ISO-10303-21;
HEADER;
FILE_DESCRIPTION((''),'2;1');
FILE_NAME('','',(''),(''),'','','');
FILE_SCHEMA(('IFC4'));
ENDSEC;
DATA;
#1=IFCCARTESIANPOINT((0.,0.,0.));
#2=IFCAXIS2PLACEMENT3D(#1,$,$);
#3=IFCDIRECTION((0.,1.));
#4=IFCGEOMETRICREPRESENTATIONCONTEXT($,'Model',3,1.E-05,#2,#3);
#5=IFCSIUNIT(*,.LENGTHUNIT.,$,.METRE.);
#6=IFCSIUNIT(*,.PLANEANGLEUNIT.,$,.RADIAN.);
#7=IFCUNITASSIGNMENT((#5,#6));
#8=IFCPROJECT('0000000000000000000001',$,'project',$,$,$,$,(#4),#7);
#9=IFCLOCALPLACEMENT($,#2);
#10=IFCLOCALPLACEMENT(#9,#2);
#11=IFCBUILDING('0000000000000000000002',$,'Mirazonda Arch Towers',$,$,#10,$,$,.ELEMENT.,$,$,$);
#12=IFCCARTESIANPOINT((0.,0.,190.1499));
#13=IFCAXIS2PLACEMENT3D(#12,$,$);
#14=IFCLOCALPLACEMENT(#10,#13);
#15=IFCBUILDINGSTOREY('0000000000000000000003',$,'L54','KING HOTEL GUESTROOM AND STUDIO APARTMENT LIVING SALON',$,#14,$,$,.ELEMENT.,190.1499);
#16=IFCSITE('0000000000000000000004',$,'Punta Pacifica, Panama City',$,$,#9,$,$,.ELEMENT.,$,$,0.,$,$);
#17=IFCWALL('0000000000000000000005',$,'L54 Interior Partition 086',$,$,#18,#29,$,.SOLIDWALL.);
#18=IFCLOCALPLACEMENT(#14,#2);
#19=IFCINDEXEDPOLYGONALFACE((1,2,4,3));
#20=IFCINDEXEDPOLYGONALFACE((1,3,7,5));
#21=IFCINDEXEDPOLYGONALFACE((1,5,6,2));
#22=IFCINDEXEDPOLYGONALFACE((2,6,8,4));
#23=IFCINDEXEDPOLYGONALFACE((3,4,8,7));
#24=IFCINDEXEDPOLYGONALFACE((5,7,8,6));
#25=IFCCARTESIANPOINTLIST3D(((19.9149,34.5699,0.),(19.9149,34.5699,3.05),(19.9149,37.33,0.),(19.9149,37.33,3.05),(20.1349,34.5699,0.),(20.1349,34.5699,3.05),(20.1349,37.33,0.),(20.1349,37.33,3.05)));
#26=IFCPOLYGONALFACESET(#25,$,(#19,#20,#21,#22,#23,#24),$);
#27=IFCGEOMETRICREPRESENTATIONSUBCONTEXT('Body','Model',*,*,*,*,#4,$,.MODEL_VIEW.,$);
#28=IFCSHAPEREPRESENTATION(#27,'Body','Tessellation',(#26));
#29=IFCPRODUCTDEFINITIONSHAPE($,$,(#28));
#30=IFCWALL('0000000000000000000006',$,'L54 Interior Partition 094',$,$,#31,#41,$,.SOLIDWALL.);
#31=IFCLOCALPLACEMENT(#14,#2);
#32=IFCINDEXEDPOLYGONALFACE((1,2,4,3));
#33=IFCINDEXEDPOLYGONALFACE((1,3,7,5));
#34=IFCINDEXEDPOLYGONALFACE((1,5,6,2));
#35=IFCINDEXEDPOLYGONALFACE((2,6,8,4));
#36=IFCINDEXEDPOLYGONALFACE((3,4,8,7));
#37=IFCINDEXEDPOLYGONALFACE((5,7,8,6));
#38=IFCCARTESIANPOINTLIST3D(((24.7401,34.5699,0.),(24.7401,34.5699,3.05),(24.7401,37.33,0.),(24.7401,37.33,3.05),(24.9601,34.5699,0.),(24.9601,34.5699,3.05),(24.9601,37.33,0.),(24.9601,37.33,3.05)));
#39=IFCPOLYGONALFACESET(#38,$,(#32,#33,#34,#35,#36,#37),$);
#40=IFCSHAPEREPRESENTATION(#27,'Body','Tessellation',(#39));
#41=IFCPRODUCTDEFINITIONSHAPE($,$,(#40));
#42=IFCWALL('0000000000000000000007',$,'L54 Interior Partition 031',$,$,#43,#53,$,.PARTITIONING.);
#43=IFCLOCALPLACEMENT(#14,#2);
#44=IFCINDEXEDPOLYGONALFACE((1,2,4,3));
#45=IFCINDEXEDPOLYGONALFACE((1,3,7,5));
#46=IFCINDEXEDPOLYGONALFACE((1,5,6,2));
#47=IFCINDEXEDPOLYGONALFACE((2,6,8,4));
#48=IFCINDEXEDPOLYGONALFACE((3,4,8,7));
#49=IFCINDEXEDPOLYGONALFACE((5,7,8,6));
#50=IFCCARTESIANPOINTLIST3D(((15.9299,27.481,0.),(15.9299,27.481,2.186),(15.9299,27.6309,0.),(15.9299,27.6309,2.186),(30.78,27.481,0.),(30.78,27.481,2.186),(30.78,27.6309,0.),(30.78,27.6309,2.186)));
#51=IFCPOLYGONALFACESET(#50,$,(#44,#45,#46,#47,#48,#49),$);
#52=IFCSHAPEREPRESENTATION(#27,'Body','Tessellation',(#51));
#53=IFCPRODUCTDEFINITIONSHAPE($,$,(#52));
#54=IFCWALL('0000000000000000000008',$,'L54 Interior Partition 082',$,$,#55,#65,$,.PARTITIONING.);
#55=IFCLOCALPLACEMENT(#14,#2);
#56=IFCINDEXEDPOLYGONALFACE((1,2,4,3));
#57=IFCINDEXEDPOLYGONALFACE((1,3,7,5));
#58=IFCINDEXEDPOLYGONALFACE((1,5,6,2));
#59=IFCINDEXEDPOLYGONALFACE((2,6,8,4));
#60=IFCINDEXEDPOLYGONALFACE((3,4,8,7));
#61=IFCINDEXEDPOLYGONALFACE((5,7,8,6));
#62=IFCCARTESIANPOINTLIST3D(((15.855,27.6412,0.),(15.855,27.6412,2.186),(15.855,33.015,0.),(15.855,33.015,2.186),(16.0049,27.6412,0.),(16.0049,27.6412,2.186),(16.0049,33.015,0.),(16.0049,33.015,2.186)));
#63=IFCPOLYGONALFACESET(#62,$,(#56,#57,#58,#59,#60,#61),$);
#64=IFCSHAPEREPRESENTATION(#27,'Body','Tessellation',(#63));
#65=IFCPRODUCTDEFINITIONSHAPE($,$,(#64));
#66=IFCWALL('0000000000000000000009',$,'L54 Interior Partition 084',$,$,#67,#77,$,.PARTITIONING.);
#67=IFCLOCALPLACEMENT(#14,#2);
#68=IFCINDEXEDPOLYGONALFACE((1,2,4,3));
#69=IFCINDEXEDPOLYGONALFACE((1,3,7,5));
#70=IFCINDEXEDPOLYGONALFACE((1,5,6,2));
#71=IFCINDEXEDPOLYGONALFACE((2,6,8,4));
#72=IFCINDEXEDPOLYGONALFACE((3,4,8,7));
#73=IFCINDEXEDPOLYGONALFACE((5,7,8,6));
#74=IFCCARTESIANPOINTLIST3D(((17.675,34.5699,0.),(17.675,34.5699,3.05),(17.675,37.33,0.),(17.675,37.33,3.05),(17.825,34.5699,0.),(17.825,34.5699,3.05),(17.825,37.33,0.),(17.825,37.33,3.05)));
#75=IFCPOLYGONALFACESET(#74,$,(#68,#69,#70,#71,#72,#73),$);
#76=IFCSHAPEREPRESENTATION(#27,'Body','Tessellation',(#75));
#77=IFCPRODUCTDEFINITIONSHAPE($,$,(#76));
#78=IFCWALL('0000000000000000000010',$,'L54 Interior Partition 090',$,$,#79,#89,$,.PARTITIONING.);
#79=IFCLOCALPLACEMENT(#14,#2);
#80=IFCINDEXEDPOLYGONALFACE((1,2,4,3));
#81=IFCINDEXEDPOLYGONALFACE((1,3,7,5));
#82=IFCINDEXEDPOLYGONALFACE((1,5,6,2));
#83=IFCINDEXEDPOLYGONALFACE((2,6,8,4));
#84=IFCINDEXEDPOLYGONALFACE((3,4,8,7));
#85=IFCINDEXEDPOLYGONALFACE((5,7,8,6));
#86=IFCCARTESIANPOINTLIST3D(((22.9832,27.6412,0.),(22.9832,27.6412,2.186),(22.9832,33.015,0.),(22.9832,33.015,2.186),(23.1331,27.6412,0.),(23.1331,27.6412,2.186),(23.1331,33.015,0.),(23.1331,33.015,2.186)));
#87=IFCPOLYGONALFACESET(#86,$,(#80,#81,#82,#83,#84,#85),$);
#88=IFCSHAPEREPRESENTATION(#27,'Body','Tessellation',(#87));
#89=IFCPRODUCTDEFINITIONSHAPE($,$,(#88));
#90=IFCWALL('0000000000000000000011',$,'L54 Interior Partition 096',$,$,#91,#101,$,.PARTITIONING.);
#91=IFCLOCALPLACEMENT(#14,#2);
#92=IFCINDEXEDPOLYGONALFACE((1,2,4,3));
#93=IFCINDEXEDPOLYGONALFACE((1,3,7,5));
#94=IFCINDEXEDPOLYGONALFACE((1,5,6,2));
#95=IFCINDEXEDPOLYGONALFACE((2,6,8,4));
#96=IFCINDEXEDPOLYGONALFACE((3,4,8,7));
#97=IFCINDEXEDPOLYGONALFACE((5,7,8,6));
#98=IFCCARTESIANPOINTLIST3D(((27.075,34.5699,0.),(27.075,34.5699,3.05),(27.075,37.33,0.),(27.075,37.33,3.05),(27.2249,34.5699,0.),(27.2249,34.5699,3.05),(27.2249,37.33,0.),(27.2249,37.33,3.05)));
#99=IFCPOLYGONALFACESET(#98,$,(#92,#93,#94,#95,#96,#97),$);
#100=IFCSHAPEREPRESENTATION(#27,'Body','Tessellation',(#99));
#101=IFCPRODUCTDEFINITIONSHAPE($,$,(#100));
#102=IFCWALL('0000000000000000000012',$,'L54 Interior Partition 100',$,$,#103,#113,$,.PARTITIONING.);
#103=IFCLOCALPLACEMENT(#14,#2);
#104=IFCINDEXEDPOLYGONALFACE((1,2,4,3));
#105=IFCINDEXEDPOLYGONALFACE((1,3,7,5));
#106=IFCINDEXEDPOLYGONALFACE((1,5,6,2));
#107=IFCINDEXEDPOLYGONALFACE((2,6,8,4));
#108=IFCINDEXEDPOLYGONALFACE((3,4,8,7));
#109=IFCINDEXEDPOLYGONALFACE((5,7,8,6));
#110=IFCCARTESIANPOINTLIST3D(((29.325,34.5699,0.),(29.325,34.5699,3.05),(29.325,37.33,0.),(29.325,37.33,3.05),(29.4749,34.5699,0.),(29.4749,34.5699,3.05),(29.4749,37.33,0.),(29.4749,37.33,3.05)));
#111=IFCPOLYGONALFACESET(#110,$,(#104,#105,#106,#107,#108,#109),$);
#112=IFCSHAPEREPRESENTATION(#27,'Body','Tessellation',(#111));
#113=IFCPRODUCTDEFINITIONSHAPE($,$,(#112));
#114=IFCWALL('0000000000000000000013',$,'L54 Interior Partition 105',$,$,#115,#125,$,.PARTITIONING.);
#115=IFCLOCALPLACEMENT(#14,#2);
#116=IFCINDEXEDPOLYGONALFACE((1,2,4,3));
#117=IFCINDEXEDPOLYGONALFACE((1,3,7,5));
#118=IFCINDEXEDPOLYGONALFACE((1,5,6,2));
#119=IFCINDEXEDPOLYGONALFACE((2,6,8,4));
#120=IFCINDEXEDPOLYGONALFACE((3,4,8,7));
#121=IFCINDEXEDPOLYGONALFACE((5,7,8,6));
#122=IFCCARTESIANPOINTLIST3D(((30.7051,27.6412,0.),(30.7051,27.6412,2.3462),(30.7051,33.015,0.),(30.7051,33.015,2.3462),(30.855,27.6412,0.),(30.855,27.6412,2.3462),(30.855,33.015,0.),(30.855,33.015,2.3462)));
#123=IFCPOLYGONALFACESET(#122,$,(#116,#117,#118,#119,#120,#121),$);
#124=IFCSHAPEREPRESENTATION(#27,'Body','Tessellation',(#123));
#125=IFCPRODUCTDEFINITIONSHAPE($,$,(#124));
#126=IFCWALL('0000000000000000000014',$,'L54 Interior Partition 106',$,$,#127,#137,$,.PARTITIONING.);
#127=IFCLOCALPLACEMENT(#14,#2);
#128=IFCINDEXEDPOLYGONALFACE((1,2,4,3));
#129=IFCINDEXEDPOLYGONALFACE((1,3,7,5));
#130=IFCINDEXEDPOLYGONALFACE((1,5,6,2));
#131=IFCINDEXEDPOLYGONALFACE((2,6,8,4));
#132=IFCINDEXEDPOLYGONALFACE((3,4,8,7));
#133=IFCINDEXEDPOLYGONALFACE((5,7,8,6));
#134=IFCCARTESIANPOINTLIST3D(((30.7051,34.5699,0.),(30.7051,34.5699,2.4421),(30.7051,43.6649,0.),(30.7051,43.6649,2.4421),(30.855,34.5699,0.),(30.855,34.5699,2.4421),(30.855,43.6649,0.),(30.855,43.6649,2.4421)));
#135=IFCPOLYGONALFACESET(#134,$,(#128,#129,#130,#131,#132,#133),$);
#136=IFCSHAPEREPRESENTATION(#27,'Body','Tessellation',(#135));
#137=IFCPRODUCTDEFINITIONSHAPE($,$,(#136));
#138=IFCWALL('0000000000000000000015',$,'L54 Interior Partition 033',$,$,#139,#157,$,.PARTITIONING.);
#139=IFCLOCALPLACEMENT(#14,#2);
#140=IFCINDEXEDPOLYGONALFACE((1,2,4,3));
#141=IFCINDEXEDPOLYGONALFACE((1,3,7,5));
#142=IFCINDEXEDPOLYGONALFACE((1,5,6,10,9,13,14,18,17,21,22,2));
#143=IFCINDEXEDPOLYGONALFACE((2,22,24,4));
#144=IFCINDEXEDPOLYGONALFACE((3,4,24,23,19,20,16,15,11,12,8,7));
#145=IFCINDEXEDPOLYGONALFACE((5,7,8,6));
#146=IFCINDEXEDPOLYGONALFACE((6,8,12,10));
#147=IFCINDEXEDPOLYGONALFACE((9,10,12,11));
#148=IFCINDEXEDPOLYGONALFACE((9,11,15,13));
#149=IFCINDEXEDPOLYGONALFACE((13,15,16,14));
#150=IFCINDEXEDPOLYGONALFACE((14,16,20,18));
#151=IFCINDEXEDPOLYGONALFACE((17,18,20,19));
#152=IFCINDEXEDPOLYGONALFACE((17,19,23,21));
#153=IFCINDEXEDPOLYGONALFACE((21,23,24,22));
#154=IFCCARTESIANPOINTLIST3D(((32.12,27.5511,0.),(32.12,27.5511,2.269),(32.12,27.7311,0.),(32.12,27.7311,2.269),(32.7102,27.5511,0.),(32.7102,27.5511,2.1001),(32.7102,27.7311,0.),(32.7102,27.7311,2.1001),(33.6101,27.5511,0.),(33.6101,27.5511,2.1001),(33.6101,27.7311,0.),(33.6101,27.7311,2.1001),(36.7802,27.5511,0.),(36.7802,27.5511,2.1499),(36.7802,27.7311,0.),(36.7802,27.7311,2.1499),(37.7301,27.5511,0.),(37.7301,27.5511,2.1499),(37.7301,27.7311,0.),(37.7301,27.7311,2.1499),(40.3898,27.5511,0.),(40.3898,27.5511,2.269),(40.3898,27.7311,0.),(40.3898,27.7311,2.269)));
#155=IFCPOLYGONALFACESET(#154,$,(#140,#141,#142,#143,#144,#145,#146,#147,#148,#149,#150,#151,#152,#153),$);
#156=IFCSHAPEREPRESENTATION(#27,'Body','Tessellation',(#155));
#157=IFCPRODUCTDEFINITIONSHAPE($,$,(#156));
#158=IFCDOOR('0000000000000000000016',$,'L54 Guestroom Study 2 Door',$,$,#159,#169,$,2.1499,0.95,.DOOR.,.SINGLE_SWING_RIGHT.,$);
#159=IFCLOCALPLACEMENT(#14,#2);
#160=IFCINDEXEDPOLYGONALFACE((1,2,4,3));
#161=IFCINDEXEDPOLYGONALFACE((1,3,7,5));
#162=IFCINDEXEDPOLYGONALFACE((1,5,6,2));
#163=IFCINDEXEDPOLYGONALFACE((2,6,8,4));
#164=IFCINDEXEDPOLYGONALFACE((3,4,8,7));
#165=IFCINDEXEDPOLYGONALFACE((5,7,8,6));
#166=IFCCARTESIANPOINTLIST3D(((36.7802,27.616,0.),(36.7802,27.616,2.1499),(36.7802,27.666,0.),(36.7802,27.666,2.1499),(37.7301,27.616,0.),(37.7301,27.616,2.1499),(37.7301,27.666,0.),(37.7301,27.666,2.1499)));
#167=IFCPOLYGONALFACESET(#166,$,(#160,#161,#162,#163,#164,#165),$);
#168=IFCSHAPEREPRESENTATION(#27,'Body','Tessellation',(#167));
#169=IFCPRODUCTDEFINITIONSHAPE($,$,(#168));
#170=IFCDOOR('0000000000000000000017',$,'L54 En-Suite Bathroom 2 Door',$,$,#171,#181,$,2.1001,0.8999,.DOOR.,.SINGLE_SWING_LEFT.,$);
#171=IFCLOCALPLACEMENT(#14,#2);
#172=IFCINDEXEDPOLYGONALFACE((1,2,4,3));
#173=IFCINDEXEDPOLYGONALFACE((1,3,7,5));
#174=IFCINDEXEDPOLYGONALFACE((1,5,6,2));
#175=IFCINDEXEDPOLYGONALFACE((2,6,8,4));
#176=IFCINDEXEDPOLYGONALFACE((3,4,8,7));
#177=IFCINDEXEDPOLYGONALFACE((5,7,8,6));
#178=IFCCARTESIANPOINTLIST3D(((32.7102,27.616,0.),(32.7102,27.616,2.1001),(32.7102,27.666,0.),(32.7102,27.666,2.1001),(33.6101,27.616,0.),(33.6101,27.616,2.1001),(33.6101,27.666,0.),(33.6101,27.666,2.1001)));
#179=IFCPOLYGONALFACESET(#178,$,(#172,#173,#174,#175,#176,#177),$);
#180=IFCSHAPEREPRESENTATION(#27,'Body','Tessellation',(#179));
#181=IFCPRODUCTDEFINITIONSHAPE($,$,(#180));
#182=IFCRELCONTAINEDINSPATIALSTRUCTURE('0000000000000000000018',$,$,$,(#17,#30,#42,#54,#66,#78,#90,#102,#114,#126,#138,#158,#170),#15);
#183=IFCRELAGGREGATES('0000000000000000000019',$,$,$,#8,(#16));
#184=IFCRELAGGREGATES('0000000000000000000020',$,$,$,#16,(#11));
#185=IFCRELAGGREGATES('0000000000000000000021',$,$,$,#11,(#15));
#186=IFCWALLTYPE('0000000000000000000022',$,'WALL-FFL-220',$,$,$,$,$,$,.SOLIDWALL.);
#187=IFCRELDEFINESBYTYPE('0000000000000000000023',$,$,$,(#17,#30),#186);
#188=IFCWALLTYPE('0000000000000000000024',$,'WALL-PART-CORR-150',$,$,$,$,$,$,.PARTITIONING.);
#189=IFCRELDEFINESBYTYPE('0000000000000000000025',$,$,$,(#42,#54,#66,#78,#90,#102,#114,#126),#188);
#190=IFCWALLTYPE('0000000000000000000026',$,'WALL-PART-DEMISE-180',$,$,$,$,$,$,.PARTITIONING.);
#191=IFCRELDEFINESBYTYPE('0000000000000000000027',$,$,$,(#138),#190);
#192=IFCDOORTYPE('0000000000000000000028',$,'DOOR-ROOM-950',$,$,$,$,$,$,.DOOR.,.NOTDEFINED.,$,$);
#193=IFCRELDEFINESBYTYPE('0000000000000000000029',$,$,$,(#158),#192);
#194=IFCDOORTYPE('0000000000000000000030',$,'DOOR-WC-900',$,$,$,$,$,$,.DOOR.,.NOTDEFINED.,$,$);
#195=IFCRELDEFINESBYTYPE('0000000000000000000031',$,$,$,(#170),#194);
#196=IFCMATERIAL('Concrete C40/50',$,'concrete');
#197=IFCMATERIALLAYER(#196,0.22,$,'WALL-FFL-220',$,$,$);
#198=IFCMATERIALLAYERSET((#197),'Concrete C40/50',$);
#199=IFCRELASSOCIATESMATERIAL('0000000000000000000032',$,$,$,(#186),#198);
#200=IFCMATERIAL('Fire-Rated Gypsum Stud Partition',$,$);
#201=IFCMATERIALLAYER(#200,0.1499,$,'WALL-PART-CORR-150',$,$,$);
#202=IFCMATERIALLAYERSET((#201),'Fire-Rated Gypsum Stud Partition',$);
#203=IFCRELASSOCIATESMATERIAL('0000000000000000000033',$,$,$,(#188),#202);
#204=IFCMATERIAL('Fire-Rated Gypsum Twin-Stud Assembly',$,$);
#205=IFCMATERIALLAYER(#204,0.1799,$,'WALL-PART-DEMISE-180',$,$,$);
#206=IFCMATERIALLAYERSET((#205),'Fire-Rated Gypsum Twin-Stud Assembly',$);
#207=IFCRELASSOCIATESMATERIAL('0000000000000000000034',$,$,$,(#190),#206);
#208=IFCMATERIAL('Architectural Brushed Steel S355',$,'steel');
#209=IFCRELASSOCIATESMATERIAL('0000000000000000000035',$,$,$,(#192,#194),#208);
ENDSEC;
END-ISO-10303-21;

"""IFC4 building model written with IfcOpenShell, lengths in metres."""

from ifc_helpers import new_model, si_unit, direction, frame, frame_2d, origin, place, context, subcontext, project, spatial, rectangle, extrude, material, layer, layer_set, type_object, element, fill, save


model = new_model("IFC4")

# Units and contexts
model_context = context("Model", 3, precision=1e-05, world=origin(), true_north=direction((0.0, 1.0)))
body_context = subcontext(model_context, "Body", "Model", "MODEL_VIEW")
ifc_project = project(units=[si_unit("LENGTHUNIT", "METRE"), si_unit("PLANEANGLEUNIT", "RADIAN")], contexts=[model_context])

# Site, building, storey
site_placement = place(None, origin())
site = spatial("IfcSite", under=ifc_project, at=site_placement, Name="Punta Pacifica, Panama City", CompositionType="ELEMENT", RefElevation=0.0)
building_placement = place(site_placement, origin())
building = spatial("IfcBuilding", under=site, at=building_placement, Name="Mirazonda Arch Towers", CompositionType="ELEMENT")
storey_placement = place(building_placement, frame((0.0, 0.0, 190.1499)))
storey = spatial("IfcBuildingStorey", under=building, at=storey_placement, Name="L54", Description="KING HOTEL GUESTROOM AND STUDIO APARTMENT LIVING SALON", CompositionType="ELEMENT", Elevation=190.1499)

# Walls
ifc_material_1 = material(Name="Concrete C40/50", Category="concrete")
ifc_layer_1 = layer(ifc_material_1, 0.22, Name="WALL-FFL-220")
ifc_layer_set_1 = layer_set([ifc_layer_1], Name="Concrete C40/50")
wall_type_1 = type_object("IfcWallType", Name="WALL-FFL-220", PredefinedType="SOLIDWALL", material=ifc_layer_set_1)
for number, where, z_axis, x_axis, name in (
    (1, (20.0249, 34.5701, 0.0), (0.0, 0.0, 1.0), (0.0, 1.0, 0.0), "L54 Interior Partition 086"),
    (2, (24.8501, 34.5701, 0.0), (0.0, 0.0, 1.0), (0.0, 1.0, 0.0), "L54 Interior Partition 094"),
):
    element("IfcWall", number, at=place(storey_placement, frame(where, z_axis=z_axis, x_axis=x_axis)), inside=storey, type_object=wall_type_1, Name=name, PredefinedType="SOLIDWALL", context=body_context, shape_type="SweptSolid", body=[
        extrude(rectangle(XDim=2.76, YDim=0.22, at=frame_2d((1.3799, 0.0))), origin(), (0.0, 0.0, 1.0), 3.05),
    ])
ifc_material_2 = material(Name="Fire-Rated Gypsum Stud Partition")
ifc_layer_2 = layer(ifc_material_2, 0.1499, Name="WALL-PART-CORR-150")
ifc_layer_set_2 = layer_set([ifc_layer_2], Name="Fire-Rated Gypsum Stud Partition")
wall_type_2 = type_object("IfcWallType", Name="WALL-PART-CORR-150", PredefinedType="PARTITIONING", material=ifc_layer_set_2)
wall_1_placement = place(storey_placement, frame((15.9299, 27.5559, 0.0), z_axis=(0.0, 0.0, 1.0), x_axis=(1.0, 0.0, 0.0)))
element("IfcWall", 3, at=wall_1_placement, inside=storey, type_object=wall_type_2, Name="L54 Interior Partition 031", PredefinedType="PARTITIONING", context=body_context, shape_type="SweptSolid", body=[
    extrude(rectangle(XDim=14.8501, YDim=0.1499, at=frame_2d((7.425, 0.0))), origin(), (0.0, 0.0, 1.0), 2.186),
])
wall_2_placement = place(storey_placement, frame((15.9299, 27.6411, 0.0), z_axis=(0.0, 0.0, 1.0), x_axis=(0.0, 1.0, 0.0)))
element("IfcWall", 4, at=wall_2_placement, inside=storey, type_object=wall_type_2, Name="L54 Interior Partition 082", PredefinedType="PARTITIONING", context=body_context, shape_type="SweptSolid", body=[
    extrude(rectangle(XDim=5.3738, YDim=0.1499, at=frame_2d((2.687, 0.0))), origin(), (0.0, 0.0, 1.0), 2.186),
])
wall_3_placement = place(storey_placement, frame((17.75, 34.5701, 0.0), z_axis=(0.0, 0.0, 1.0), x_axis=(0.0, 1.0, 0.0)))
element("IfcWall", 5, at=wall_3_placement, inside=storey, type_object=wall_type_2, Name="L54 Interior Partition 084", PredefinedType="PARTITIONING", context=body_context, shape_type="SweptSolid", body=[
    extrude(rectangle(XDim=2.76, YDim=0.1499, at=frame_2d((1.3799, 0.0))), origin(), (0.0, 0.0, 1.0), 3.05),
])
wall_4_placement = place(storey_placement, frame((23.0581, 27.6411, 0.0), z_axis=(0.0, 0.0, 1.0), x_axis=(0.0, 1.0, 0.0)))
element("IfcWall", 6, at=wall_4_placement, inside=storey, type_object=wall_type_2, Name="L54 Interior Partition 090", PredefinedType="PARTITIONING", context=body_context, shape_type="SweptSolid", body=[
    extrude(rectangle(XDim=5.3738, YDim=0.1499, at=frame_2d((2.687, 0.0))), origin(), (0.0, 0.0, 1.0), 2.186),
])
for number, where, z_axis, x_axis, name in (
    (7, (27.1499, 34.5701, 0.0), (0.0, 0.0, 1.0), (0.0, 1.0, 0.0), "L54 Interior Partition 096"),
    (8, (29.3999, 34.5701, 0.0), (0.0, 0.0, 1.0), (0.0, 1.0, 0.0), "L54 Interior Partition 100"),
):
    element("IfcWall", number, at=place(storey_placement, frame(where, z_axis=z_axis, x_axis=x_axis)), inside=storey, type_object=wall_type_2, Name=name, PredefinedType="PARTITIONING", context=body_context, shape_type="SweptSolid", body=[
        extrude(rectangle(XDim=2.76, YDim=0.1499, at=frame_2d((1.3799, 0.0))), origin(), (0.0, 0.0, 1.0), 3.05),
    ])
wall_5_placement = place(storey_placement, frame((30.78, 27.6411, 0.0), z_axis=(0.0, 0.0, 1.0), x_axis=(0.0, 1.0, 0.0)))
element("IfcWall", 9, at=wall_5_placement, inside=storey, type_object=wall_type_2, Name="L54 Interior Partition 105", PredefinedType="PARTITIONING", context=body_context, shape_type="SweptSolid", body=[
    extrude(rectangle(XDim=5.3738, YDim=0.1499, at=frame_2d((2.687, 0.0))), origin(), (0.0, 0.0, 1.0), 2.3462),
])
wall_6_placement = place(storey_placement, frame((30.78, 34.5701, 0.0), z_axis=(0.0, 0.0, 1.0), x_axis=(0.0, 1.0, 0.0)))
element("IfcWall", 10, at=wall_6_placement, inside=storey, type_object=wall_type_2, Name="L54 Interior Partition 106", PredefinedType="PARTITIONING", context=body_context, shape_type="SweptSolid", body=[
    extrude(rectangle(XDim=9.095, YDim=0.1499, at=frame_2d((4.5474, 0.0))), origin(), (0.0, 0.0, 1.0), 2.4421),
])

# Wall, openings, doors
ifc_material_3 = material(Name="Fire-Rated Gypsum Twin-Stud Assembly")
ifc_layer_3 = layer(ifc_material_3, 0.1799, Name="WALL-PART-DEMISE-180")
ifc_layer_set_3 = layer_set([ifc_layer_3], Name="Fire-Rated Gypsum Twin-Stud Assembly")
wall_type_3 = type_object("IfcWallType", Name="WALL-PART-DEMISE-180", PredefinedType="PARTITIONING", material=ifc_layer_set_3)
wall_7_placement = place(storey_placement, frame((32.1201, 27.6411, 0.0), z_axis=(0.0, 0.0, 1.0), x_axis=(1.0, 0.0, 0.0)))
wall_7 = element("IfcWall", 11, at=wall_7_placement, inside=storey, type_object=wall_type_3, Name="L54 Interior Partition 033", PredefinedType="PARTITIONING", context=body_context, shape_type="SweptSolid", body=[
    extrude(rectangle(XDim=8.2698, YDim=0.1799, at=frame_2d((4.1348, 0.0))), origin(), (0.0, 0.0, 1.0), 2.269),
])
opening_1_placement = place(wall_7_placement, frame((4.6599, 0.0, 0.0)))
opening_1 = element("IfcOpeningElement", 12, at=opening_1_placement, cuts=wall_7, PredefinedType="OPENING", context=body_context, shape_type="SweptSolid", body=[
    extrude(rectangle(XDim=0.95, YDim=2.1499, at=frame_2d((0.4751, 1.075))), frame((0.0, 0.0999, 0.0), z_axis=(0.0, -1.0, 0.0), x_axis=(1.0, 0.0, 0.0)), (0.0, 0.0, 1.0), 0.2),
])
opening_2_placement = place(wall_7_placement, frame((0.5901, 0.0, 0.0)))
opening_2 = element("IfcOpeningElement", 13, at=opening_2_placement, cuts=wall_7, PredefinedType="OPENING", context=body_context, shape_type="SweptSolid", body=[
    extrude(rectangle(XDim=0.8999, YDim=2.1001, at=frame_2d((0.45, 1.05))), frame((0.0, 0.0999, 0.0), z_axis=(0.0, -1.0, 0.0), x_axis=(1.0, 0.0, 0.0)), (0.0, 0.0, 1.0), 0.2),
])
ifc_material_4 = material(Name="Architectural Brushed Steel S355", Category="steel")
door_type_1 = type_object("IfcDoorType", Name="DOOR-ROOM-950", OperationType="NOTDEFINED", PredefinedType="DOOR", material=ifc_material_4)
door_1_placement = place(opening_1_placement, origin())
door_1 = element("IfcDoor", 14, at=door_1_placement, inside=storey, type_object=door_type_1, Name="L54 Guestroom Study 2 Door", OperationType="SINGLE_SWING_RIGHT", OverallHeight=2.1499, OverallWidth=0.95, PredefinedType="DOOR", context=body_context, shape_type="SweptSolid", body=[
    extrude(rectangle(XDim=0.95, YDim=2.1499, at=frame_2d((0.4751, 1.075))), frame((0.0, 0.0249, 0.0), z_axis=(0.0, -1.0, 0.0), x_axis=(1.0, 0.0, 0.0)), (0.0, 0.0, 1.0), 0.05),
])
fill(opening_1, door_1)
door_type_2 = type_object("IfcDoorType", Name="DOOR-WC-900", OperationType="NOTDEFINED", PredefinedType="DOOR", material=ifc_material_4)
door_2_placement = place(opening_2_placement, origin())
door_2 = element("IfcDoor", 15, at=door_2_placement, inside=storey, type_object=door_type_2, Name="L54 En-Suite Bathroom 2 Door", OperationType="SINGLE_SWING_LEFT", OverallHeight=2.1001, OverallWidth=0.8999, PredefinedType="DOOR", context=body_context, shape_type="SweptSolid", body=[
    extrude(rectangle(XDim=0.8999, YDim=2.1001, at=frame_2d((0.45, 1.05))), frame((0.0, 0.0249, 0.0), z_axis=(0.0, -1.0, 0.0), x_axis=(1.0, 0.0, 0.0)), (0.0, 0.0, 1.0), 0.05),
])
fill(opening_2, door_2)

save(model, "model.ifc")
